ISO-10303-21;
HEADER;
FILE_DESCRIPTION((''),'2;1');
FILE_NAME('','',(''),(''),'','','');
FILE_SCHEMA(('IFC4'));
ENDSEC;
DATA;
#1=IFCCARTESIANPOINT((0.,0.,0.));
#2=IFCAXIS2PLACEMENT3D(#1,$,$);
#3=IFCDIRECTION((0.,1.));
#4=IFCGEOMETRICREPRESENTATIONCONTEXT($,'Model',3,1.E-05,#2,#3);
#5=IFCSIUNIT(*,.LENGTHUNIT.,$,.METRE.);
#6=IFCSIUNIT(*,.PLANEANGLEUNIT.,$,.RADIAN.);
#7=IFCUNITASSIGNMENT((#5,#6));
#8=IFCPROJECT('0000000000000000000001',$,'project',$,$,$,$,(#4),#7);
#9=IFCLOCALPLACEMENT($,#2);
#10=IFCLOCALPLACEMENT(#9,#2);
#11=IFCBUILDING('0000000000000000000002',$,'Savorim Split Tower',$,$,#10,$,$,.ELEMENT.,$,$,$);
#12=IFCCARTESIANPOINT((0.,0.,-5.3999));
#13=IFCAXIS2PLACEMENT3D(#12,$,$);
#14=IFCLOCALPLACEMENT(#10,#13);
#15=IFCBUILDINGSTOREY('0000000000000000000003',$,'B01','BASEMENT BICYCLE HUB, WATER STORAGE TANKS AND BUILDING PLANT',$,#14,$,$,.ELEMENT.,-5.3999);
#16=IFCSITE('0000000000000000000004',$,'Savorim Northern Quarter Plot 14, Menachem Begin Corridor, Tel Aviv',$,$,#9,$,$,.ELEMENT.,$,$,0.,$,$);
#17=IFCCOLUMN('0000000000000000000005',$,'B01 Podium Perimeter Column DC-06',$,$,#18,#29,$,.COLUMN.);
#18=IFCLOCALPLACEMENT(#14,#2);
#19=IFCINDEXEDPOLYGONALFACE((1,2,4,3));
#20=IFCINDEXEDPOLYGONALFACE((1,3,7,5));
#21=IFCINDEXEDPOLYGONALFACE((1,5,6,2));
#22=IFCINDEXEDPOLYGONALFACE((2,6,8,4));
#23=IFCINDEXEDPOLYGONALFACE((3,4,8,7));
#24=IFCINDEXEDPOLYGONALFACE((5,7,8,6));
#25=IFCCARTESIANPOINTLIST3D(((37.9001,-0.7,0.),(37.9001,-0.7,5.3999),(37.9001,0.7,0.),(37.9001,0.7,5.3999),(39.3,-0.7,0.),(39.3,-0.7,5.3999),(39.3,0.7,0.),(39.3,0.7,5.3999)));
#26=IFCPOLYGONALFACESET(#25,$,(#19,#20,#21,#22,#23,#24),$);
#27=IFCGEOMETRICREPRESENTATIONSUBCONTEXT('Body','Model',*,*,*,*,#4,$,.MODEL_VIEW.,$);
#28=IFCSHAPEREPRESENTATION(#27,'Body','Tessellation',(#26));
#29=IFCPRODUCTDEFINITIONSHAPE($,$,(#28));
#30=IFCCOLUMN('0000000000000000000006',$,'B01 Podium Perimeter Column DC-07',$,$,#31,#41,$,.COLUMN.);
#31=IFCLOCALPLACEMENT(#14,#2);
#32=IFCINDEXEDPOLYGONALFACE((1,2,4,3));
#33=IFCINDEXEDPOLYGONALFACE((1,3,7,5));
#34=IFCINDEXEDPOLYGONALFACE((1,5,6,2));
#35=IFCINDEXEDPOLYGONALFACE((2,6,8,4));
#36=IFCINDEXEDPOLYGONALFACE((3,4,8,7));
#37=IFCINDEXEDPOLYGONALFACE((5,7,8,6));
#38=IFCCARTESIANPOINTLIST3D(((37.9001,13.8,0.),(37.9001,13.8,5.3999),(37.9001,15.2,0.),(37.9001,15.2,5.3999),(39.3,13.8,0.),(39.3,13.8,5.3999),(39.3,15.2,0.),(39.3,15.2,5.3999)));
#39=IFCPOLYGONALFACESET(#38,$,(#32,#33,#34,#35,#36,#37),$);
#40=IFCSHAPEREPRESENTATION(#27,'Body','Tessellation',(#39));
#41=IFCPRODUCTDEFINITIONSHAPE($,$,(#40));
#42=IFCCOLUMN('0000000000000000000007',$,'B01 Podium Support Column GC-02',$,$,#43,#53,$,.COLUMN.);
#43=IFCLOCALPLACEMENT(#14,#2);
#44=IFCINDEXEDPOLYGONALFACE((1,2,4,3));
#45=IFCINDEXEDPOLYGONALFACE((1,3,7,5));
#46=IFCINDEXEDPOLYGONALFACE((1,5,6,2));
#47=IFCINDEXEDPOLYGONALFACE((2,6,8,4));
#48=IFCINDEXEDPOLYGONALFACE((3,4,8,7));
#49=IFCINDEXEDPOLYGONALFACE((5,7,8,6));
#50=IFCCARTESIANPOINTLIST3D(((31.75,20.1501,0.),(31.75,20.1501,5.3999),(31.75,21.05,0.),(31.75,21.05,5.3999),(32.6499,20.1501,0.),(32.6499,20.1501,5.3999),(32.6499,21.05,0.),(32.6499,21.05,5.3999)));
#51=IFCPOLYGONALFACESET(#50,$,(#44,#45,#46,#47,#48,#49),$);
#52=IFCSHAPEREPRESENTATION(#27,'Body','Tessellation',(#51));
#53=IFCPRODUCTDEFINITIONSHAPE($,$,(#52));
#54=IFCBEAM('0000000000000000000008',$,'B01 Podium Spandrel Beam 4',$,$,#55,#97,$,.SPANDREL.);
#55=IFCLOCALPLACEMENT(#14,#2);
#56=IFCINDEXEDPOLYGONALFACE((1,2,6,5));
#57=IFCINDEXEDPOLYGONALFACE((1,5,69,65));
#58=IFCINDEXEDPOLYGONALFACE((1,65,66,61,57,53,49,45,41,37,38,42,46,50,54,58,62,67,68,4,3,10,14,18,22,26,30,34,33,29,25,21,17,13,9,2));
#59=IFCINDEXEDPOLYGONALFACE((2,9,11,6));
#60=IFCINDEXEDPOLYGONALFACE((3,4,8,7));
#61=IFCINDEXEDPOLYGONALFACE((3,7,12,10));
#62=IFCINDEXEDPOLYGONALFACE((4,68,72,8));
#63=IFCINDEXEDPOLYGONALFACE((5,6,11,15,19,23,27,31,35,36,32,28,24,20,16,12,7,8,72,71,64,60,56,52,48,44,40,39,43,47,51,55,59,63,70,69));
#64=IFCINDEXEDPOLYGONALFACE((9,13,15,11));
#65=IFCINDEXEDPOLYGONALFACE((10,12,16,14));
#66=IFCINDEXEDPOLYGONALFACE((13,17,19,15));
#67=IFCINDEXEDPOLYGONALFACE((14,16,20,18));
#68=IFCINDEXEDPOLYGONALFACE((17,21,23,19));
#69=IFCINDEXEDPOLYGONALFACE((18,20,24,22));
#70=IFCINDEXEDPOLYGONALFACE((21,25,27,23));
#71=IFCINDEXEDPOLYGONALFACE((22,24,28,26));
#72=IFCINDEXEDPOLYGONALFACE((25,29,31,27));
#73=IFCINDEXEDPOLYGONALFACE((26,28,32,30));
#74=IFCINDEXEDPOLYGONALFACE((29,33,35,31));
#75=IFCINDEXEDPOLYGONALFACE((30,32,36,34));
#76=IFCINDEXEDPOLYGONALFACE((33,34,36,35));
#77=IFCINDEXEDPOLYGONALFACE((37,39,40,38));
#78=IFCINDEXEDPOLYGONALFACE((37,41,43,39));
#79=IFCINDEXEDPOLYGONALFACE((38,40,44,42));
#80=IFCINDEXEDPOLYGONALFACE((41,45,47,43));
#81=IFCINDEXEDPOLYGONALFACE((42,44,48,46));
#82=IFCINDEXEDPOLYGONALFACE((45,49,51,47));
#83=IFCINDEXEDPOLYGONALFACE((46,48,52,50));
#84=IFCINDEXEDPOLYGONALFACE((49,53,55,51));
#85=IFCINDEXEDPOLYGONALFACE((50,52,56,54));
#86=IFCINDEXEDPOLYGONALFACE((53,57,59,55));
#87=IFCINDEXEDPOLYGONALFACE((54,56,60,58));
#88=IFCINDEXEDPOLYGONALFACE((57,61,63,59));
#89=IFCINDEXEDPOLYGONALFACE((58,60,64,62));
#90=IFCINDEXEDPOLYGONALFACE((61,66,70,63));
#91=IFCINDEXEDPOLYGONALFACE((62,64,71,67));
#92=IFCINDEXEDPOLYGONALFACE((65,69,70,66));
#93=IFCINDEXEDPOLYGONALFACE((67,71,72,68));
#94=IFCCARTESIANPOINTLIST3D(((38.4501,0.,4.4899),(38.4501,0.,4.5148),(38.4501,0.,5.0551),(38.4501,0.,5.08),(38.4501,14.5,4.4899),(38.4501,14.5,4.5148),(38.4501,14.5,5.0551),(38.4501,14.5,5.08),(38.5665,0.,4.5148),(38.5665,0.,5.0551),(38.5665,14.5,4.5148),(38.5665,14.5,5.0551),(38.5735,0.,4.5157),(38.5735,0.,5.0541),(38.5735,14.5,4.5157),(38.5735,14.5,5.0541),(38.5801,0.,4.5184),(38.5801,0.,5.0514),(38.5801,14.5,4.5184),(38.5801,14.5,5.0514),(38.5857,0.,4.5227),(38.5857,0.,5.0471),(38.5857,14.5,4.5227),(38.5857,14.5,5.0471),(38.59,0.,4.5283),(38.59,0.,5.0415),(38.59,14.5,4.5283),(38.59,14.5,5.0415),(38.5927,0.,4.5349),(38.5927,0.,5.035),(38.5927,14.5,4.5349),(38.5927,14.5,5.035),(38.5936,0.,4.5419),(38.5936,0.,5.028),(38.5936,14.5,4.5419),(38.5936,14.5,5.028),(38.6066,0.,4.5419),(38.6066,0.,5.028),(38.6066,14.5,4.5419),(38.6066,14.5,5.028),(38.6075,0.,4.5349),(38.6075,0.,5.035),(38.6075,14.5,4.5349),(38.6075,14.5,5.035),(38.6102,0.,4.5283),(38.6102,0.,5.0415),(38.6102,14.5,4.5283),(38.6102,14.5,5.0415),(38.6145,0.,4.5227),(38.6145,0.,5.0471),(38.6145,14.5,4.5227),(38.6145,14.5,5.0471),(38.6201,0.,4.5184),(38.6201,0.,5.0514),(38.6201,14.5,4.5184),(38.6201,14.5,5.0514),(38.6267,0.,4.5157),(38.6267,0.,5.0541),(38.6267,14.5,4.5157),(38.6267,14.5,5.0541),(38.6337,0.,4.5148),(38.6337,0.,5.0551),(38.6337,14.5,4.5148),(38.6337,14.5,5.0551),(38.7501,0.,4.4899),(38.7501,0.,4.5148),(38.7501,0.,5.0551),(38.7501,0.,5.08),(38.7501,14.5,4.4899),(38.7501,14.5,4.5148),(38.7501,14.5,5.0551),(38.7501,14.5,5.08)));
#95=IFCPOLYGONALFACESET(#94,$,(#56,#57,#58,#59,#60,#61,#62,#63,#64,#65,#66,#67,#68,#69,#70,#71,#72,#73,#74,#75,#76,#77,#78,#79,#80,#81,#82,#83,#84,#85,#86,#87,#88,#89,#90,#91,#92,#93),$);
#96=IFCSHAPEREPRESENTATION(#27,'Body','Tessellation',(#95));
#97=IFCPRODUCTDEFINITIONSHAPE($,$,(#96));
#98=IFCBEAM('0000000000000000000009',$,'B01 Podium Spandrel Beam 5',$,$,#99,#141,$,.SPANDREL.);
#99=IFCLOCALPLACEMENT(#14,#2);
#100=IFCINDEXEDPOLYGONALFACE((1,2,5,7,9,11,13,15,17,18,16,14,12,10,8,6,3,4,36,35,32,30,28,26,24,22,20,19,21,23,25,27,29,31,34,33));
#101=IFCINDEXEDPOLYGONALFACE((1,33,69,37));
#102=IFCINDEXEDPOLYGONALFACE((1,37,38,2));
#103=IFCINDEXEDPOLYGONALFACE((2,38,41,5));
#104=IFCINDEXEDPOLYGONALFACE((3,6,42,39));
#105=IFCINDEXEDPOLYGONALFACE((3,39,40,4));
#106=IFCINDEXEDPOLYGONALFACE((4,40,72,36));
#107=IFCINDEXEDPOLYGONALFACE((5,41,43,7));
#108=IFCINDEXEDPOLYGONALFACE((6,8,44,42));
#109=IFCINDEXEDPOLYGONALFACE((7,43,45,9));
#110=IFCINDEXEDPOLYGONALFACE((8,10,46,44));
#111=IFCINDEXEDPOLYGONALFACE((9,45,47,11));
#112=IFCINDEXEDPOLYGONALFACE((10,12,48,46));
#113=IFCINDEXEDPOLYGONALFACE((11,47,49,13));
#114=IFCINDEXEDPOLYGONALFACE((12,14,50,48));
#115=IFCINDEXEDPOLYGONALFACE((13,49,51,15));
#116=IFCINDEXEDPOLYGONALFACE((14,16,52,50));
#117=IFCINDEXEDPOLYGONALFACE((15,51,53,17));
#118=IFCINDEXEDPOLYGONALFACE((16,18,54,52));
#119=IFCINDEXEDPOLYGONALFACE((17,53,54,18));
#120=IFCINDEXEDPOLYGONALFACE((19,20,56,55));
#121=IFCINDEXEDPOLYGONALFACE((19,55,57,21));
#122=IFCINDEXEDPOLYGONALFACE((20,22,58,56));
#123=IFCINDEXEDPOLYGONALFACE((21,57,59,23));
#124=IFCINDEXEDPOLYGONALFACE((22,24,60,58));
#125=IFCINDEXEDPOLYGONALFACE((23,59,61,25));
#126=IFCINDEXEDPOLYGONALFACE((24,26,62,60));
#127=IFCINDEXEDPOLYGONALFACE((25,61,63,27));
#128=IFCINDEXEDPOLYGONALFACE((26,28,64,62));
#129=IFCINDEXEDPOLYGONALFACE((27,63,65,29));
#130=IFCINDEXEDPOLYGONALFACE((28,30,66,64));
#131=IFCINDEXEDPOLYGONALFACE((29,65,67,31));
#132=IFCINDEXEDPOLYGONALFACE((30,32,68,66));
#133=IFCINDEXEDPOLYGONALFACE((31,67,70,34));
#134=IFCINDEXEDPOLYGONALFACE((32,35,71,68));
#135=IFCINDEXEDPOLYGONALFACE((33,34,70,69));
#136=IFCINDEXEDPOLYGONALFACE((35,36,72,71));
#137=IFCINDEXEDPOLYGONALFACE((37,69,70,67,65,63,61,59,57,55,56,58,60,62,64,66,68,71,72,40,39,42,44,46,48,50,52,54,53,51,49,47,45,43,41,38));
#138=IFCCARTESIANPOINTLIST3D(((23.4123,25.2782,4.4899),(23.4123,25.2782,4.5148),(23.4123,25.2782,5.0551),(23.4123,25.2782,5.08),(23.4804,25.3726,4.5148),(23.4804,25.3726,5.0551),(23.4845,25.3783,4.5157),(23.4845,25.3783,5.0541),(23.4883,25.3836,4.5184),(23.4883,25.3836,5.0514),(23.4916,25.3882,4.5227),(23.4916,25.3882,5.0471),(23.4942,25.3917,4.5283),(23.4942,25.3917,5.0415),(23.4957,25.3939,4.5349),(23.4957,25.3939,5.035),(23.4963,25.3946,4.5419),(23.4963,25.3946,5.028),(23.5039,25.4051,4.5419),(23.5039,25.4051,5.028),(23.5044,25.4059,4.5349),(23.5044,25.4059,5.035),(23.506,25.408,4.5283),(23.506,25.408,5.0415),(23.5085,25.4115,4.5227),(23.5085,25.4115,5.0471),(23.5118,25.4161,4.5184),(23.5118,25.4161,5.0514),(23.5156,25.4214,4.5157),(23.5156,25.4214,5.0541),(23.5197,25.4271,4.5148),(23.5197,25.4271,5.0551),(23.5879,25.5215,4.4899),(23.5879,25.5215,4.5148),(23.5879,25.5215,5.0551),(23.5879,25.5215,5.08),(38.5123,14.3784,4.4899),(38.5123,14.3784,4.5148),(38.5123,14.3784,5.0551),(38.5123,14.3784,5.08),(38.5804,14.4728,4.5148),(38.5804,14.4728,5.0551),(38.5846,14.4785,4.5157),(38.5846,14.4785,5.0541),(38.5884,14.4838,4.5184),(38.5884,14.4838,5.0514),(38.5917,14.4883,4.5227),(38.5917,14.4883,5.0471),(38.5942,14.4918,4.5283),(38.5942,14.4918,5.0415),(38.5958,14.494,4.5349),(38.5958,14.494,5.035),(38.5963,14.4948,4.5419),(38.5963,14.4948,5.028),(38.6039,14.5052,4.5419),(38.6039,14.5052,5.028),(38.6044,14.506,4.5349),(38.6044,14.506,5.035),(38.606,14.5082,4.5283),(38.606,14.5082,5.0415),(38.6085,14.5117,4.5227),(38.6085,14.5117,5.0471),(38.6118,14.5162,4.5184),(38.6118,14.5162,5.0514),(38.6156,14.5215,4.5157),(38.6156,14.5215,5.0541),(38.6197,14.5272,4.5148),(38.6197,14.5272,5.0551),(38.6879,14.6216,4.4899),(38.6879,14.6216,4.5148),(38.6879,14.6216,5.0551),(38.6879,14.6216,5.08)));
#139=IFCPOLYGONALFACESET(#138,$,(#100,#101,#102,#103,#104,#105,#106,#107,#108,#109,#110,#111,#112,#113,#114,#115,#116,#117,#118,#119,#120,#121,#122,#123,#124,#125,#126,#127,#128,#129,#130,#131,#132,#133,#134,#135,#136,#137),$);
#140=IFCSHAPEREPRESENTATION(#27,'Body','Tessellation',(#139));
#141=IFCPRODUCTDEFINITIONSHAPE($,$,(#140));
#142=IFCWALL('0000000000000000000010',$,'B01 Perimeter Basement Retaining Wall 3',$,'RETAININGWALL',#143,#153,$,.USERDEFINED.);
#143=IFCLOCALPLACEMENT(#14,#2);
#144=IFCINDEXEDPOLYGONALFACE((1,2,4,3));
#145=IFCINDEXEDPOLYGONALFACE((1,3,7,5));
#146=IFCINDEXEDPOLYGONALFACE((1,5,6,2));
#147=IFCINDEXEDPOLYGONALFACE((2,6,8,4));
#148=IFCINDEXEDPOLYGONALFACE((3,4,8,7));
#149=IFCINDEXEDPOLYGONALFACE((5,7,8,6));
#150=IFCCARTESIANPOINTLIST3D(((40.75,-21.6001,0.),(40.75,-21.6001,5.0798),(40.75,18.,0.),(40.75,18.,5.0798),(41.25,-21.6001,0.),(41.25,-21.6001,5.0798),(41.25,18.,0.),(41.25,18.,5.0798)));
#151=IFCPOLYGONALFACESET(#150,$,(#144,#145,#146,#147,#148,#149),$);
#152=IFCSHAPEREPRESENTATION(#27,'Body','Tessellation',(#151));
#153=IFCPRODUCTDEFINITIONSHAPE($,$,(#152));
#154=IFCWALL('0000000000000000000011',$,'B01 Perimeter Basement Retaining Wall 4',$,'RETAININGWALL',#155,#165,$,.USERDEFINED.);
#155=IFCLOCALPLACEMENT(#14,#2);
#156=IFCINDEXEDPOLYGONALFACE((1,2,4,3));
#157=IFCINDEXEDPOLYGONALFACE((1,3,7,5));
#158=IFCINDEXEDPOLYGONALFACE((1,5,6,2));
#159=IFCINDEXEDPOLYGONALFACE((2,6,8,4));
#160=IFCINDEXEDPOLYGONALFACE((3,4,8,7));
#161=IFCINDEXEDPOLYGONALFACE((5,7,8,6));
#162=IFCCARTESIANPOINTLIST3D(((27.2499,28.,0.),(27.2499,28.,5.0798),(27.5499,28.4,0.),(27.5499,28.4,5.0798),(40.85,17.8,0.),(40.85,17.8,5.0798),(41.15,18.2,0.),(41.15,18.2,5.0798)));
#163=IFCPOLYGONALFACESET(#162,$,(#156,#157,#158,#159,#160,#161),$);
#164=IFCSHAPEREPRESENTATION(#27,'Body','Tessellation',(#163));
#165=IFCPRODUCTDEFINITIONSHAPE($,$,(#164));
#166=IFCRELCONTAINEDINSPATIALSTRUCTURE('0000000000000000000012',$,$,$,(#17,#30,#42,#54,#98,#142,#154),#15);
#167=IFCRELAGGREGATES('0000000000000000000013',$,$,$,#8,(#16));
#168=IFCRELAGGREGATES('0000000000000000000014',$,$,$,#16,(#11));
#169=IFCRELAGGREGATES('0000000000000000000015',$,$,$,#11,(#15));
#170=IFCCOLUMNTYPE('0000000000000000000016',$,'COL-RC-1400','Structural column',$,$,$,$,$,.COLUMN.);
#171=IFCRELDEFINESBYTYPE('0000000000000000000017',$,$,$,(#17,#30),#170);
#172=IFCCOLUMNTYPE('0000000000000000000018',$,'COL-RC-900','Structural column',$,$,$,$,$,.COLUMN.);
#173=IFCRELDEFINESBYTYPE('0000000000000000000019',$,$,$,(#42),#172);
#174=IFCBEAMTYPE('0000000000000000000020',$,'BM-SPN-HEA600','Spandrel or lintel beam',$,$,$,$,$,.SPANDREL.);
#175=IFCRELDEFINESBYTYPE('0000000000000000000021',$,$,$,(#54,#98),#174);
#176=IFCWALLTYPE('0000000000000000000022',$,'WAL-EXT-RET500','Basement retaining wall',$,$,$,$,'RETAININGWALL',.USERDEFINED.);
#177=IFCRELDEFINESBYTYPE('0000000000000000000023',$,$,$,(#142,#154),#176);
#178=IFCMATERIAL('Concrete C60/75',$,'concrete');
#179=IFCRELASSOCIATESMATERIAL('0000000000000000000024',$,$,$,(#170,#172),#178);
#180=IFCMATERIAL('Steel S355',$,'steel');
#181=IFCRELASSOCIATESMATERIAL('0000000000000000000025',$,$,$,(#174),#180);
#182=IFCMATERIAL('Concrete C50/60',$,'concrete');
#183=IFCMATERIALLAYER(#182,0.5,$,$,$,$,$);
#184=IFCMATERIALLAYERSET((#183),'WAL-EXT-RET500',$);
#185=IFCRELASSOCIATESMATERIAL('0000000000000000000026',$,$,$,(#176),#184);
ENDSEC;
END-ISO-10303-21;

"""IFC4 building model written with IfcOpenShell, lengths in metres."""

from ifc_helpers import new_model, si_unit, direction, frame, frame_2d, origin, origin_2d, place, context, subcontext, project, spatial, rectangle, i_section, extrude, material, layer, layer_set, material_profile, profile_set, type_object, element, save


model = new_model("IFC4")

# Units and contexts
model_context = context("Model", 3, precision=1e-05, world=origin(), true_north=direction((0.0, 1.0)))
body_context = subcontext(model_context, "Body", "Model", "MODEL_VIEW")
ifc_project = project(units=[si_unit("LENGTHUNIT", "METRE"), si_unit("PLANEANGLEUNIT", "RADIAN")], contexts=[model_context])

# Site, building, storey
site_placement = place(None, origin())
site = spatial("IfcSite", under=ifc_project, at=site_placement, Name="Savorim Northern Quarter Plot 14, Menachem Begin Corridor, Tel Aviv", CompositionType="ELEMENT", RefElevation=0.0)
building_placement = place(site_placement, origin())
building = spatial("IfcBuilding", under=site, at=building_placement, Name="Savorim Split Tower", CompositionType="ELEMENT")
storey_placement = place(building_placement, frame((0.0, 0.0, -5.3999)))
storey = spatial("IfcBuildingStorey", under=building, at=storey_placement, Name="B01", Description="BASEMENT BICYCLE HUB, WATER STORAGE TANKS AND BUILDING PLANT", CompositionType="ELEMENT", Elevation=-5.3999)

# Shared definitions
ifc_material_1 = material(Name="Concrete C50/60", Category="concrete")

# Columns
ifc_material_2 = material(Name="Concrete C60/75", Category="concrete")
ifc_material_profile_1 = material_profile(ifc_material_2, rectangle(XDim=1.3999, YDim=1.3999, at=origin_2d()), Name="RC 1400x1400")
ifc_profile_set_1 = profile_set([ifc_material_profile_1], Name="Concrete C60/75")
column_type_1 = type_object("IfcColumnType", Name="COL-RC-1400", Description="Structural column", PredefinedType="COLUMN", material=ifc_profile_set_1)
for number, where, z_axis, x_axis, name in (
    (1, (38.6001, 0.0, 0.0), (0.0, 0.0, 1.0), (1.0, 0.0, 0.0), "B01 Podium Perimeter Column DC-06"),
    (2, (38.6001, 14.5, 0.0), (0.0, 0.0, 1.0), (1.0, 0.0, 0.0), "B01 Podium Perimeter Column DC-07"),
):
    element("IfcColumn", number, at=place(storey_placement, frame(where, z_axis=z_axis, x_axis=x_axis)), inside=storey, type_object=column_type_1, Name=name, PredefinedType="COLUMN", context=body_context, shape_type="SweptSolid", body=[
        extrude(rectangle(XDim=1.3999, YDim=1.3999, at=origin_2d()), origin(), (0.0, 0.0, 1.0), 5.3999),
    ])
ifc_material_profile_2 = material_profile(ifc_material_2, rectangle(XDim=0.8999, YDim=0.8999, at=origin_2d()), Name="RC 900x900")
ifc_profile_set_2 = profile_set([ifc_material_profile_2], Name="Concrete C60/75")
column_type_2 = type_object("IfcColumnType", Name="COL-RC-900", Description="Structural column", PredefinedType="COLUMN", material=ifc_profile_set_2)
column_placement = place(storey_placement, frame((32.2, 20.6001, 0.0), z_axis=(0.0, 0.0, 1.0), x_axis=(1.0, 0.0, 0.0)))
element("IfcColumn", 3, at=column_placement, inside=storey, type_object=column_type_2, Name="B01 Podium Support Column GC-02", PredefinedType="COLUMN", context=body_context, shape_type="SweptSolid", body=[
    extrude(rectangle(XDim=0.8999, YDim=0.8999, at=origin_2d()), origin(), (0.0, 0.0, 1.0), 5.3999),
])

# Beams
ifc_material_3 = material(Name="Steel S355", Category="steel")
ifc_material_profile_3 = material_profile(ifc_material_3, i_section(OverallWidth=0.3, OverallDepth=0.5901, WebThickness=0.0129, FlangeThickness=0.0249, FilletRadius=0.0271, at=origin_2d()), Name="HEA 600")
ifc_profile_set_3 = profile_set([ifc_material_profile_3], Name="Steel S355")
beam_type = type_object("IfcBeamType", Name="BM-SPN-HEA600", Description="Spandrel or lintel beam", PredefinedType="SPANDREL", material=ifc_profile_set_3)
beam_1_placement = place(storey_placement, frame((38.6001, 0.0, 4.7849), z_axis=(0.0, 1.0, 0.0), x_axis=(-1.0, 0.0, 0.0)))
element("IfcBeam", 4, at=beam_1_placement, inside=storey, type_object=beam_type, Name="B01 Podium Spandrel Beam 4", PredefinedType="SPANDREL", context=body_context, shape_type="SweptSolid", body=[
    extrude(i_section(OverallWidth=0.3, OverallDepth=0.5901, WebThickness=0.0129, FlangeThickness=0.0249, FilletRadius=0.0271, at=origin_2d()), origin(), (0.0, 0.0, 1.0), 14.5),
])
beam_2_placement = place(storey_placement, frame((38.6001, 14.5, 4.7849), z_axis=(-0.810825, 0.585289, 0.0), x_axis=(-0.585289, -0.810825, 0.0)))
element("IfcBeam", 5, at=beam_2_placement, inside=storey, type_object=beam_type, Name="B01 Podium Spandrel Beam 5", PredefinedType="SPANDREL", context=body_context, shape_type="SweptSolid", body=[
    extrude(i_section(OverallWidth=0.3, OverallDepth=0.5901, WebThickness=0.0129, FlangeThickness=0.0249, FilletRadius=0.0271, at=origin_2d()), origin(), (0.0, 0.0, 1.0), 18.623),
])

# Walls
ifc_layer = layer(ifc_material_1, 0.5)
ifc_layer_set = layer_set([ifc_layer], Name="WAL-EXT-RET500")
wall_type = type_object("IfcWallType", Name="WAL-EXT-RET500", Description="Basement retaining wall", ElementType="RETAININGWALL", PredefinedType="USERDEFINED", material=ifc_layer_set)
wall_1_placement = place(storey_placement, frame((41.0, 18.0, 0.0), z_axis=(0.0, 0.0, 1.0), x_axis=(0.0, -1.0, 0.0)))
element("IfcWall", 6, at=wall_1_placement, inside=storey, type_object=wall_type, Name="B01 Perimeter Basement Retaining Wall 3", ObjectType="RETAININGWALL", PredefinedType="USERDEFINED", context=body_context, shape_type="SweptSolid", body=[
    extrude(rectangle(XDim=39.6001, YDim=0.5, at=frame_2d((19.8, 0.0))), origin(), (0.0, 0.0, 1.0), 5.0798),
])
wall_2_placement = place(storey_placement, frame((27.3999, 28.2, 0.0), z_axis=(0.0, 0.0, 1.0), x_axis=(0.800003, -0.599995, 0.0)))
element("IfcWall", 7, at=wall_2_placement, inside=storey, type_object=wall_type, Name="B01 Perimeter Basement Retaining Wall 4", ObjectType="RETAININGWALL", PredefinedType="USERDEFINED", context=body_context, shape_type="SweptSolid", body=[
    extrude(rectangle(XDim=17.0, YDim=0.5, at=frame_2d((8.5, 0.0))), origin(), (0.0, 0.0, 1.0), 5.0798),
])

save(model, "model.ifc")
